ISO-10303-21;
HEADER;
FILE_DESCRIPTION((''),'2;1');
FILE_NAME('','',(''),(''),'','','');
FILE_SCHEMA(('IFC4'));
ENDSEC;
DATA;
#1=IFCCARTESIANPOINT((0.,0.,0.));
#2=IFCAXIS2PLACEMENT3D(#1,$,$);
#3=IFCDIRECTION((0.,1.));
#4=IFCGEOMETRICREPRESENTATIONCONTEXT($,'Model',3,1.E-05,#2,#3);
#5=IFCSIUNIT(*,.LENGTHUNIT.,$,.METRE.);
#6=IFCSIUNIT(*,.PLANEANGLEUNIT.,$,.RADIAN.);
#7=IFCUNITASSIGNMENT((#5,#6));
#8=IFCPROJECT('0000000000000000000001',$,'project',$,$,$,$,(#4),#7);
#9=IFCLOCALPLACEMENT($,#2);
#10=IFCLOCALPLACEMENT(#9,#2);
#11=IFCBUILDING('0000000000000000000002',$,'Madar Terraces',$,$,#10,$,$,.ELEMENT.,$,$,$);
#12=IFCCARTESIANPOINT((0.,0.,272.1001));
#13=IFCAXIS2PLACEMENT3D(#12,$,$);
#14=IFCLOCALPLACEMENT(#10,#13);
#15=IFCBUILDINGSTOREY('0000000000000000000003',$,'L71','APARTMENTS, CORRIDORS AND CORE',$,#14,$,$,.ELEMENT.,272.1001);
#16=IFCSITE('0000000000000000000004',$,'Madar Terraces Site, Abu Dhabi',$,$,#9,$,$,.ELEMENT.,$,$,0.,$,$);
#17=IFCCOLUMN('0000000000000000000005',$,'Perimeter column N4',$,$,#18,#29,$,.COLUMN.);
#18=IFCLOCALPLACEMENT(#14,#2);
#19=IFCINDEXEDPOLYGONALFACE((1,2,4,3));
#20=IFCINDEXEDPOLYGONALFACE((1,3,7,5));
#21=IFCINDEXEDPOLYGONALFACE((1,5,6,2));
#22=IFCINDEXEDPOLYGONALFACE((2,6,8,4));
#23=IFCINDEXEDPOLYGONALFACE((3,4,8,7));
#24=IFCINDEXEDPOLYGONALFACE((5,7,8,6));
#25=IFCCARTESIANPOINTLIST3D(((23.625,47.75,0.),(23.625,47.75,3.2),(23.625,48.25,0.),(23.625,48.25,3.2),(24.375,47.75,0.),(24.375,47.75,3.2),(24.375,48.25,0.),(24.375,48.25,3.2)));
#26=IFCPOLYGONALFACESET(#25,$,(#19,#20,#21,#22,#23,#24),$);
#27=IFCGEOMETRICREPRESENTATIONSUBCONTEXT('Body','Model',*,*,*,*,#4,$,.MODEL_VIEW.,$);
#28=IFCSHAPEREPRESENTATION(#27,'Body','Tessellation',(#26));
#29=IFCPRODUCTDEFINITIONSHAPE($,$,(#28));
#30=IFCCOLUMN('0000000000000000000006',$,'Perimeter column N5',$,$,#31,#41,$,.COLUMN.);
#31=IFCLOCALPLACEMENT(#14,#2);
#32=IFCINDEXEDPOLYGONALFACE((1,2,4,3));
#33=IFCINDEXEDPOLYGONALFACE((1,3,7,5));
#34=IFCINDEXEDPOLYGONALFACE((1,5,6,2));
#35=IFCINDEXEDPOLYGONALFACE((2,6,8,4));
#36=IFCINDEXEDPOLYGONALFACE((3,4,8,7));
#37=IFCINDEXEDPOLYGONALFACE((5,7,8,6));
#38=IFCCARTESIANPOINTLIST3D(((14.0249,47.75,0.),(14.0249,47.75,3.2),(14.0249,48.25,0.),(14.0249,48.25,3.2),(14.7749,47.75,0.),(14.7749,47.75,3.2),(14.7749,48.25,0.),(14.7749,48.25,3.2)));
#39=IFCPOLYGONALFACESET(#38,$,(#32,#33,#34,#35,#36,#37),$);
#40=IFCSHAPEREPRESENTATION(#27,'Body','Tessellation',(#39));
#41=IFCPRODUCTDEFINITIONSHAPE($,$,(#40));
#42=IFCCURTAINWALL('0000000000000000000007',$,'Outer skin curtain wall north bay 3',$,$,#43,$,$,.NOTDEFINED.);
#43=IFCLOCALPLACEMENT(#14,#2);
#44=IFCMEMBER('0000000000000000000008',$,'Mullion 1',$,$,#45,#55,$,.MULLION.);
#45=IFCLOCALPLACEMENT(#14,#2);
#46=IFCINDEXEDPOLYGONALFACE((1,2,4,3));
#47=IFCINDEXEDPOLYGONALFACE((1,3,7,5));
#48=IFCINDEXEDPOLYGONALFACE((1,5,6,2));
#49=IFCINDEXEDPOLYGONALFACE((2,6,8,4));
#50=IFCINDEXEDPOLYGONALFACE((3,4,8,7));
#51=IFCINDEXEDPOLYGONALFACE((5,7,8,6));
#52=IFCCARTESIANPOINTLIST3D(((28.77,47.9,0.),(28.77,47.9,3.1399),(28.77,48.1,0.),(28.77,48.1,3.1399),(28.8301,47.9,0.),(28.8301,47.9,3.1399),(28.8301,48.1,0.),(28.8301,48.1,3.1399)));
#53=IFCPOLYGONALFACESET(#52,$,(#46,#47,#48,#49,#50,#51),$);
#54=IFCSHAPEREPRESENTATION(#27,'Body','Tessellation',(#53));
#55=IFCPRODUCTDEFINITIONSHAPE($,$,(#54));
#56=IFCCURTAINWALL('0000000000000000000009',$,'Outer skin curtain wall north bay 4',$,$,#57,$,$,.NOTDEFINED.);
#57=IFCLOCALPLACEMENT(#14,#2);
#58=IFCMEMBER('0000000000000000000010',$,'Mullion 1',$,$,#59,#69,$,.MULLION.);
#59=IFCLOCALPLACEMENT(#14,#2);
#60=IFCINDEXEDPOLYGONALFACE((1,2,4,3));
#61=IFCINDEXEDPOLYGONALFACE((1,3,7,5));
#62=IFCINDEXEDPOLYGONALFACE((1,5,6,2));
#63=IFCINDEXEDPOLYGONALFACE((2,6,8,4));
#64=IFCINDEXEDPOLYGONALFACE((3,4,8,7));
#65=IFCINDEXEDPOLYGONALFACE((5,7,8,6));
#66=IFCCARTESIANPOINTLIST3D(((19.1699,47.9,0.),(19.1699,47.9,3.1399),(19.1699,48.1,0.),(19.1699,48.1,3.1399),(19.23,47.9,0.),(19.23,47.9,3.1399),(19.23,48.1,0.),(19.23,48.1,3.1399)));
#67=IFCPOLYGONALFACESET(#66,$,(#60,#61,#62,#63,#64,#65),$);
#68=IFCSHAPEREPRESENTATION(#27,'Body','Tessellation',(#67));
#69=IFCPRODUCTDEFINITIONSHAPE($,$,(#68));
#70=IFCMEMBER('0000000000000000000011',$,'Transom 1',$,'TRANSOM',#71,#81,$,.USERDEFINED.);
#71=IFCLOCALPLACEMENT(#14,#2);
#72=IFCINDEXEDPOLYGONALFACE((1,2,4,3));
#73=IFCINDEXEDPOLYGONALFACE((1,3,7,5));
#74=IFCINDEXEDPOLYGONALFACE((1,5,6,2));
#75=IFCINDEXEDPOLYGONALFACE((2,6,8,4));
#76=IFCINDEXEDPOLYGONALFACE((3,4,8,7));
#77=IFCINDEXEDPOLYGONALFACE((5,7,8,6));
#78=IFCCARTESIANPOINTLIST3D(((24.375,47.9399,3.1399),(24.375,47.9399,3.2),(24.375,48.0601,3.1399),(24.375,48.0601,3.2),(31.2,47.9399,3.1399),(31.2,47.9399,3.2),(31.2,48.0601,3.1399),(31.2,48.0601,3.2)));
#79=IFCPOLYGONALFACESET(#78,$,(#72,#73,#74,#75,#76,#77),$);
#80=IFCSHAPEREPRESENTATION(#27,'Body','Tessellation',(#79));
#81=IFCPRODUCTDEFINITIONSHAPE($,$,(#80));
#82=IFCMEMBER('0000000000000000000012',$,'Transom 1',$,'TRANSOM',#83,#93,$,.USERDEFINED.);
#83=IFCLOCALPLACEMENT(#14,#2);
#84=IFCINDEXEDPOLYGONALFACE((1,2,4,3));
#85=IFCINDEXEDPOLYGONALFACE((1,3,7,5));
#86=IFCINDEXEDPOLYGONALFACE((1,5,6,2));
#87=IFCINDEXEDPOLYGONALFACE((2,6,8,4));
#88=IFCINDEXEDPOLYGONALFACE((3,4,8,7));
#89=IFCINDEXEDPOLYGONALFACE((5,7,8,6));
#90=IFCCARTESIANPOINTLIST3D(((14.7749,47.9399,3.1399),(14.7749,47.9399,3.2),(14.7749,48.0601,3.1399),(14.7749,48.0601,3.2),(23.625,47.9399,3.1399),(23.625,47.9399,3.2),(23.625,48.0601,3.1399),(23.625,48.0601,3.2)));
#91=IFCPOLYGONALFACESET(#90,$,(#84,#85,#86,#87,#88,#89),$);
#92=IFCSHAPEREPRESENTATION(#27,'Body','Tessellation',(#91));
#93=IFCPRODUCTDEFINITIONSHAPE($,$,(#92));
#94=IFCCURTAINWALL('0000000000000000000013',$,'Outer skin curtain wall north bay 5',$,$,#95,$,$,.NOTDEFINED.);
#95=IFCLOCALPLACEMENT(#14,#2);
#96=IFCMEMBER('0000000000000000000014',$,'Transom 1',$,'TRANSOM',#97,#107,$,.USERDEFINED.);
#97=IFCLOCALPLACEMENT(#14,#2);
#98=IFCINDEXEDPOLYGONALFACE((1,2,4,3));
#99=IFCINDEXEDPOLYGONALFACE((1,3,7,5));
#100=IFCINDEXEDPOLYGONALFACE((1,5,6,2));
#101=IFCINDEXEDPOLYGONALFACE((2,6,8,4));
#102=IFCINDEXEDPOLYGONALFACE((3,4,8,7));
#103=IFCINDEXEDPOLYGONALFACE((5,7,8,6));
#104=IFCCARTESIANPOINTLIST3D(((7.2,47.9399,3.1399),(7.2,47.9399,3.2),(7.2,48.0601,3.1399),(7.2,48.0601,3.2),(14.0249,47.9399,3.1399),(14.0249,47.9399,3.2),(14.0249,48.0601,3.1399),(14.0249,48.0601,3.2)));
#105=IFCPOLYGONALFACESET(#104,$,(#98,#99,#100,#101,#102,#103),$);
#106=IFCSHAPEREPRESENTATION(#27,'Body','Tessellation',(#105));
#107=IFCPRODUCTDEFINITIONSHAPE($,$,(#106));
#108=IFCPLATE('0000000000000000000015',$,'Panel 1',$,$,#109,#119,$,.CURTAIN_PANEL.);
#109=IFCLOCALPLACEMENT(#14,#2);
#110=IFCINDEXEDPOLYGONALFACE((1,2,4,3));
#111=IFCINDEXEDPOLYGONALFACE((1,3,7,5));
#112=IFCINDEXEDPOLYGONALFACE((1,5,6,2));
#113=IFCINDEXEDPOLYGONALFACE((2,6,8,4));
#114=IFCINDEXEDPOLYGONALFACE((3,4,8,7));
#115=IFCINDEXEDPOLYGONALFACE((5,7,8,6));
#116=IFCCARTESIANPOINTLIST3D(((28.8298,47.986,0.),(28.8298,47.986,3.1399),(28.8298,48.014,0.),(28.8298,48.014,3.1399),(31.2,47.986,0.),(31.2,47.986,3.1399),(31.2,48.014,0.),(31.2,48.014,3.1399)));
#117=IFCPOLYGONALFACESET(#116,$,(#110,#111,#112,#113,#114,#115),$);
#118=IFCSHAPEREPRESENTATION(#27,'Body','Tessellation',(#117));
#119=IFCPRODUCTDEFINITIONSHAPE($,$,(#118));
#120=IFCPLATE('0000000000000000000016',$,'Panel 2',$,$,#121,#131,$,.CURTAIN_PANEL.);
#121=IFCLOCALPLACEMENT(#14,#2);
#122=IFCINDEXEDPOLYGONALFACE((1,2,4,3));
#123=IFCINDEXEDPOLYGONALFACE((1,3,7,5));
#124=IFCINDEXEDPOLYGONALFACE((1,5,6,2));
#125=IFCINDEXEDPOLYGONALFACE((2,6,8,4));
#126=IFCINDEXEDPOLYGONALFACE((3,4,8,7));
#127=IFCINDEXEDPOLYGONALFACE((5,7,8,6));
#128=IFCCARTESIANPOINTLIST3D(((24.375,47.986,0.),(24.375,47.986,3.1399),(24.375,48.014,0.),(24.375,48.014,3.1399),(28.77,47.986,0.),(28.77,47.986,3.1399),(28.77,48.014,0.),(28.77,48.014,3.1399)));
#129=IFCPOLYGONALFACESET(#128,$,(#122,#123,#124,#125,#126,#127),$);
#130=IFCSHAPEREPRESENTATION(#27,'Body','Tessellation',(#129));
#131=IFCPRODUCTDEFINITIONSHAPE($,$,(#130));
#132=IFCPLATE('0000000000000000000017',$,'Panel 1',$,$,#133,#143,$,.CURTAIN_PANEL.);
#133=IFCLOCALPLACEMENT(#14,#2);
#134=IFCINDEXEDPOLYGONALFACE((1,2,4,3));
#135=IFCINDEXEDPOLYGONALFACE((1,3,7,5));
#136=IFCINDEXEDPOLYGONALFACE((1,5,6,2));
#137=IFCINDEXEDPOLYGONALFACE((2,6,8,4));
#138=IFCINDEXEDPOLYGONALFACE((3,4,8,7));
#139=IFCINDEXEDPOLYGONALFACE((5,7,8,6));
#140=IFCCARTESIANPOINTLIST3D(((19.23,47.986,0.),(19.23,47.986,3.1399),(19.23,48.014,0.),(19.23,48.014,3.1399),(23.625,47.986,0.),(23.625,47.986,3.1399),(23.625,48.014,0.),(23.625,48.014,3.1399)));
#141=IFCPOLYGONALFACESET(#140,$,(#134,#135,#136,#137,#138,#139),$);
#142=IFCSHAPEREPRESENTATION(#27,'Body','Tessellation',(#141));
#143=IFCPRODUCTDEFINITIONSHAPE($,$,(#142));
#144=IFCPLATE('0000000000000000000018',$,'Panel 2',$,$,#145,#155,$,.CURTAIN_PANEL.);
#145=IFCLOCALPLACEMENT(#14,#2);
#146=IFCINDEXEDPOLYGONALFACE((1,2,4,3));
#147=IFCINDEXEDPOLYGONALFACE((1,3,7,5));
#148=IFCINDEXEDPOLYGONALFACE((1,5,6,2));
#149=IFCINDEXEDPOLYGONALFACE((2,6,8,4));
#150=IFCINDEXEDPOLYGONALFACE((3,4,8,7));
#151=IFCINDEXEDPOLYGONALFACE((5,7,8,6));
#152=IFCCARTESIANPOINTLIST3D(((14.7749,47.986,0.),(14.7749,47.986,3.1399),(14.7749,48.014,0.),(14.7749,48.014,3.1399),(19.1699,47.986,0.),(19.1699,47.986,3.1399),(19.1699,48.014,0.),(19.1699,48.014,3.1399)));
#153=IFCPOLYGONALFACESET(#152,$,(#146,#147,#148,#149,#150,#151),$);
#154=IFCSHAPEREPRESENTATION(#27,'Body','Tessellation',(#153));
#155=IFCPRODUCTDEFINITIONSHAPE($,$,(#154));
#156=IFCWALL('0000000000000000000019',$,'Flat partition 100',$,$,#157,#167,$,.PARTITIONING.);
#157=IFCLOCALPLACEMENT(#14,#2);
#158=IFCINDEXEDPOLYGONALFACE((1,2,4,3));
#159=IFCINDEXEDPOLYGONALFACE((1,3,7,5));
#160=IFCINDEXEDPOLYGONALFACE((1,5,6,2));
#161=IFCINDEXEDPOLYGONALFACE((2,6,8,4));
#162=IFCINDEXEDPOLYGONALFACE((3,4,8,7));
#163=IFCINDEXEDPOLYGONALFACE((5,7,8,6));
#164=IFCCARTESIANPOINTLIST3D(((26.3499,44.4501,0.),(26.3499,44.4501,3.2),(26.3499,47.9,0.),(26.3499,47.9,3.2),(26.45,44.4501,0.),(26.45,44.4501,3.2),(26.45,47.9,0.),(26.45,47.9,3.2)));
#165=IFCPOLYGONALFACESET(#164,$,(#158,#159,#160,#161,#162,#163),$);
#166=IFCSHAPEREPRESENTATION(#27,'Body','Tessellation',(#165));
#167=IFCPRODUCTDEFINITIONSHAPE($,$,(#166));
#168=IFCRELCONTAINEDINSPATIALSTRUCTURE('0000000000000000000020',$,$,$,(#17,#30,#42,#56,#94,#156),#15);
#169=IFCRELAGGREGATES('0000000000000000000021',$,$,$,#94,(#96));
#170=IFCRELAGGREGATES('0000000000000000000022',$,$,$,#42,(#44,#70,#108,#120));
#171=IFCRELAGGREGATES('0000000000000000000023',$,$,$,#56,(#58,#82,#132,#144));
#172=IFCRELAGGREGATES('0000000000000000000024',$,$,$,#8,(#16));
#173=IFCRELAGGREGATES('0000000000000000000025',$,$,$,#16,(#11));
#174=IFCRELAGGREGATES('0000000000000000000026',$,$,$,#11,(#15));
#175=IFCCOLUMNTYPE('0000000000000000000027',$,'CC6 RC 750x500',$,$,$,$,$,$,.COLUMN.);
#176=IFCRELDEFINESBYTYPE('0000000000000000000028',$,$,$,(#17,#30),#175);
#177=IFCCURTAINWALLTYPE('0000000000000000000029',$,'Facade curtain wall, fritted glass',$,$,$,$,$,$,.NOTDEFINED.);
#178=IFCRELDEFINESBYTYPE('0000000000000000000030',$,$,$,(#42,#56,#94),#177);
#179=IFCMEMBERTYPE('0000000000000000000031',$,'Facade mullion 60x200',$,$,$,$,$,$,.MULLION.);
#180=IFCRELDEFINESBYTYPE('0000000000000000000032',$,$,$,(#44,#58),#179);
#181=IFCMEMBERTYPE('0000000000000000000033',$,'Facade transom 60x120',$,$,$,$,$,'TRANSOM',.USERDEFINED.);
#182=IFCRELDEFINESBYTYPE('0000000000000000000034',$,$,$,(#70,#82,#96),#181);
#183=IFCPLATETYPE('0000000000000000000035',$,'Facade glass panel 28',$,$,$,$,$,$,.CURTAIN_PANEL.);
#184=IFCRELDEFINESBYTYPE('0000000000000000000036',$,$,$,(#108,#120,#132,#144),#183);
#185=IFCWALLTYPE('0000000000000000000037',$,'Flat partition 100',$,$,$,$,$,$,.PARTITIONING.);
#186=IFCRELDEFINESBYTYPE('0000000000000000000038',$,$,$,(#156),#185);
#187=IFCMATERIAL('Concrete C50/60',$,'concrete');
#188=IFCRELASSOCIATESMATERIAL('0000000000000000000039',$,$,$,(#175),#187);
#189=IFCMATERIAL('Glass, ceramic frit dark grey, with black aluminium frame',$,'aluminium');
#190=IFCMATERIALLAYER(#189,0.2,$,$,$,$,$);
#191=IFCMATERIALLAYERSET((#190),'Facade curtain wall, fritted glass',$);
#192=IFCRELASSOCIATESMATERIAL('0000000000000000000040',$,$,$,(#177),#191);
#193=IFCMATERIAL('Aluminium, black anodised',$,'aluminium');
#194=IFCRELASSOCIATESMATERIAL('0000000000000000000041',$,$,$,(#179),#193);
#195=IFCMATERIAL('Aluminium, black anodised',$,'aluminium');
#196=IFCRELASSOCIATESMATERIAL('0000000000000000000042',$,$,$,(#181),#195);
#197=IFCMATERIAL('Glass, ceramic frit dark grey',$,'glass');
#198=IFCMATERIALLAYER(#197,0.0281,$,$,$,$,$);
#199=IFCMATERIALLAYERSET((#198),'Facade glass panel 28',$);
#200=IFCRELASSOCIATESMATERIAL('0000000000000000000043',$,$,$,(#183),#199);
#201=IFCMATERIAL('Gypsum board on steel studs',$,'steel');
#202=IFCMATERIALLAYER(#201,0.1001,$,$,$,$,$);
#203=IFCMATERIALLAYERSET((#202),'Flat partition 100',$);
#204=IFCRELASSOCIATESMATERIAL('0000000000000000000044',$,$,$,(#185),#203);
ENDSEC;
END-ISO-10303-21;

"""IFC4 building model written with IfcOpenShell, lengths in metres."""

from ifc_helpers import new_model, si_unit, direction, frame, frame_2d, origin, origin_2d, place, context, subcontext, project, spatial, rectangle, extrude, material, layer, layer_set, material_profile, profile_set, type_object, element, aggregate, save


model = new_model("IFC4")

# Units and contexts
model_context = context("Model", 3, precision=1e-05, world=origin(), true_north=direction((0.0, 1.0)))
body_context = subcontext(model_context, "Body", "Model", "MODEL_VIEW")
ifc_project = project(units=[si_unit("LENGTHUNIT", "METRE"), si_unit("PLANEANGLEUNIT", "RADIAN")], contexts=[model_context])

# Site, building, storey
site_placement = place(None, origin())
site = spatial("IfcSite", under=ifc_project, at=site_placement, Name="Madar Terraces Site, Abu Dhabi", CompositionType="ELEMENT", RefElevation=0.0)
building_placement = place(site_placement, origin())
building = spatial("IfcBuilding", under=site, at=building_placement, Name="Madar Terraces", CompositionType="ELEMENT")
storey_placement = place(building_placement, frame((0.0, 0.0, 272.1001)))
storey = spatial("IfcBuildingStorey", under=building, at=storey_placement, Name="L71", Description="APARTMENTS, CORRIDORS AND CORE", CompositionType="ELEMENT", Elevation=272.1001)

# Columns
ifc_material_1 = material(Name="Concrete C50/60", Category="concrete")
ifc_material_profile_1 = material_profile(ifc_material_1, rectangle(XDim=0.75, YDim=0.5, at=origin_2d()), Name="CC6 RC 750x500")
ifc_profile_set_1 = profile_set([ifc_material_profile_1], Name="Concrete C50/60")
column_type = type_object("IfcColumnType", Name="CC6 RC 750x500", PredefinedType="COLUMN", material=ifc_profile_set_1)
for number, where, z_axis, x_axis, name in (
    (1, (24.0, 48.0, 0.0), (0.0, 0.0, 1.0), (1.0, 0.0, 0.0), "Perimeter column N4"),
    (2, (14.3999, 48.0, 0.0), (0.0, 0.0, 1.0), (1.0, 0.0, 0.0), "Perimeter column N5"),
):
    element("IfcColumn", number, at=place(storey_placement, frame(where, z_axis=z_axis, x_axis=x_axis)), inside=storey, type_object=column_type, Name=name, PredefinedType="COLUMN", context=body_context, shape_type="SweptSolid", body=[
        extrude(rectangle(XDim=0.75, YDim=0.5, at=origin_2d()), origin(), (0.0, 0.0, 1.0), 3.2),
    ])

# Curtain walls, members
ifc_material_2 = material(Name="Glass, ceramic frit dark grey, with black aluminium frame", Category="aluminium")
ifc_layer_1 = layer(ifc_material_2, 0.2)
ifc_layer_set_1 = layer_set([ifc_layer_1], Name="Facade curtain wall, fritted glass")
curtain_wall_type = type_object("IfcCurtainWallType", Name="Facade curtain wall, fritted glass", PredefinedType="NOTDEFINED", material=ifc_layer_set_1)
curtain_wall_1_placement = place(storey_placement, origin())
curtain_wall_1 = element("IfcCurtainWall", 3, at=curtain_wall_1_placement, inside=storey, type_object=curtain_wall_type, Name="Outer skin curtain wall north bay 3", PredefinedType="NOTDEFINED")
ifc_material_3 = material(Name="Aluminium, black anodised", Category="aluminium")
ifc_material_profile_2 = material_profile(ifc_material_3, rectangle(XDim=0.2, YDim=0.0601, at=origin_2d()), Name="Facade mullion 60x200")
ifc_profile_set_2 = profile_set([ifc_material_profile_2], Name="Aluminium, black anodised")
member_type_1 = type_object("IfcMemberType", Name="Facade mullion 60x200", PredefinedType="MULLION", material=ifc_profile_set_2)
member_1_placement = place(storey_placement, frame((28.8, 48.0, 0.0), z_axis=(0.0, 0.0, 1.0), x_axis=(0.0, -1.0, 0.0)))
member_1 = element("IfcMember", 4, at=member_1_placement, type_object=member_type_1, Name="Mullion 1", PredefinedType="MULLION", context=body_context, shape_type="SweptSolid", body=[
    extrude(rectangle(XDim=0.2, YDim=0.0601, at=origin_2d()), origin(), (0.0, 0.0, 1.0), 3.1399),
])
curtain_wall_2_placement = place(storey_placement, origin())
curtain_wall_2 = element("IfcCurtainWall", 5, at=curtain_wall_2_placement, inside=storey, type_object=curtain_wall_type, Name="Outer skin curtain wall north bay 4", PredefinedType="NOTDEFINED")
member_2_placement = place(storey_placement, frame((19.2, 48.0, 0.0), z_axis=(0.0, 0.0, 1.0), x_axis=(0.0, -1.0, 0.0)))
member_2 = element("IfcMember", 6, at=member_2_placement, type_object=member_type_1, Name="Mullion 1", PredefinedType="MULLION", context=body_context, shape_type="SweptSolid", body=[
    extrude(rectangle(XDim=0.2, YDim=0.0601, at=origin_2d()), origin(), (0.0, 0.0, 1.0), 3.1399),
])

# Members
ifc_material_4 = material(Name="Aluminium, black anodised", Category="aluminium")
ifc_material_profile_3 = material_profile(ifc_material_4, rectangle(XDim=0.1201, YDim=0.0601, at=origin_2d()), Name="Facade transom 60x120")
ifc_profile_set_3 = profile_set([ifc_material_profile_3], Name="Aluminium, black anodised")
member_type_2 = type_object("IfcMemberType", Name="Facade transom 60x120", ElementType="TRANSOM", PredefinedType="USERDEFINED", material=ifc_profile_set_3)
member_3_placement = place(storey_placement, frame((31.2, 48.0, 3.1699), z_axis=(-1.0, 0.0, 0.0), x_axis=(0.0, -1.0, 0.0)))
member_3 = element("IfcMember", 7, at=member_3_placement, type_object=member_type_2, Name="Transom 1", ObjectType="TRANSOM", PredefinedType="USERDEFINED", context=body_context, shape_type="SweptSolid", body=[
    extrude(rectangle(XDim=0.1201, YDim=0.0601, at=origin_2d()), origin(), (0.0, 0.0, 1.0), 6.825),
])
member_4_placement = place(storey_placement, frame((23.625, 48.0, 3.1699), z_axis=(-1.0, 0.0, 0.0), x_axis=(0.0, -1.0, 0.0)))
member_4 = element("IfcMember", 8, at=member_4_placement, type_object=member_type_2, Name="Transom 1", ObjectType="TRANSOM", PredefinedType="USERDEFINED", context=body_context, shape_type="SweptSolid", body=[
    extrude(rectangle(XDim=0.1201, YDim=0.0601, at=origin_2d()), origin(), (0.0, 0.0, 1.0), 8.8501),
])

# Curtain wall, member
curtain_wall_3_placement = place(storey_placement, origin())
curtain_wall_3 = element("IfcCurtainWall", 9, at=curtain_wall_3_placement, inside=storey, type_object=curtain_wall_type, Name="Outer skin curtain wall north bay 5", PredefinedType="NOTDEFINED")
member_5_placement = place(storey_placement, frame((14.0249, 48.0, 3.1699), z_axis=(-1.0, 0.0, 0.0), x_axis=(0.0, -1.0, 0.0)))
member_5 = element("IfcMember", 10, at=member_5_placement, type_object=member_type_2, Name="Transom 1", ObjectType="TRANSOM", PredefinedType="USERDEFINED", context=body_context, shape_type="SweptSolid", body=[
    extrude(rectangle(XDim=0.1201, YDim=0.0601, at=origin_2d()), origin(), (0.0, 0.0, 1.0), 6.825),
])
aggregate(curtain_wall_3, [member_5])

# Plates
ifc_material_5 = material(Name="Glass, ceramic frit dark grey", Category="glass")
ifc_layer_2 = layer(ifc_material_5, 0.0281)
ifc_layer_set_2 = layer_set([ifc_layer_2], Name="Facade glass panel 28")
plate_type = type_object("IfcPlateType", Name="Facade glass panel 28", PredefinedType="CURTAIN_PANEL", material=ifc_layer_set_2)
plate_1_placement = place(storey_placement, frame((30.0149, 48.0, 0.0), z_axis=(0.0, 0.0, 1.0), x_axis=(-1.0, 0.0, 0.0)))
plate_1 = element("IfcPlate", 11, at=plate_1_placement, type_object=plate_type, Name="Panel 1", PredefinedType="CURTAIN_PANEL", context=body_context, shape_type="SweptSolid", body=[
    extrude(rectangle(XDim=2.3701, YDim=0.0281, at=origin_2d()), origin(), (0.0, 0.0, 1.0), 3.1399),
])
plate_2_placement = place(storey_placement, frame((26.5725, 48.0, 0.0), z_axis=(0.0, 0.0, 1.0), x_axis=(-1.0, 0.0, 0.0)))
plate_2 = element("IfcPlate", 12, at=plate_2_placement, type_object=plate_type, Name="Panel 2", PredefinedType="CURTAIN_PANEL", context=body_context, shape_type="SweptSolid", body=[
    extrude(rectangle(XDim=4.395, YDim=0.0281, at=origin_2d()), origin(), (0.0, 0.0, 1.0), 3.1399),
])
aggregate(curtain_wall_1, [member_1, member_3, plate_1, plate_2])
plate_3_placement = place(storey_placement, frame((21.4275, 48.0, 0.0), z_axis=(0.0, 0.0, 1.0), x_axis=(-1.0, 0.0, 0.0)))
plate_3 = element("IfcPlate", 13, at=plate_3_placement, type_object=plate_type, Name="Panel 1", PredefinedType="CURTAIN_PANEL", context=body_context, shape_type="SweptSolid", body=[
    extrude(rectangle(XDim=4.395, YDim=0.0281, at=origin_2d()), origin(), (0.0, 0.0, 1.0), 3.1399),
])
plate_4_placement = place(storey_placement, frame((16.9724, 48.0, 0.0), z_axis=(0.0, 0.0, 1.0), x_axis=(-1.0, 0.0, 0.0)))
plate_4 = element("IfcPlate", 14, at=plate_4_placement, type_object=plate_type, Name="Panel 2", PredefinedType="CURTAIN_PANEL", context=body_context, shape_type="SweptSolid", body=[
    extrude(rectangle(XDim=4.395, YDim=0.0281, at=origin_2d()), origin(), (0.0, 0.0, 1.0), 3.1399),
])
aggregate(curtain_wall_2, [member_2, member_4, plate_3, plate_4])

# Wall
ifc_material_6 = material(Name="Gypsum board on steel studs", Category="steel")
ifc_layer_3 = layer(ifc_material_6, 0.1001)
ifc_layer_set_3 = layer_set([ifc_layer_3], Name="Flat partition 100")
wall_type_1 = type_object("IfcWallType", Name="Flat partition 100", PredefinedType="PARTITIONING", material=ifc_layer_set_3)
wall_1_placement = place(storey_placement, frame((26.3999, 44.45, 0.0), z_axis=(0.0, 0.0, 1.0), x_axis=(0.0, 1.0, 0.0)))
element("IfcWall", 15, at=wall_1_placement, inside=storey, type_object=wall_type_1, Name="Flat partition 100", PredefinedType="PARTITIONING", context=body_context, shape_type="SweptSolid", body=[
    extrude(rectangle(XDim=3.45, YDim=0.1001, at=frame_2d((1.7251, 0.0))), origin(), (0.0, 0.0, 1.0), 3.2),
])

save(model, "model.ifc")
